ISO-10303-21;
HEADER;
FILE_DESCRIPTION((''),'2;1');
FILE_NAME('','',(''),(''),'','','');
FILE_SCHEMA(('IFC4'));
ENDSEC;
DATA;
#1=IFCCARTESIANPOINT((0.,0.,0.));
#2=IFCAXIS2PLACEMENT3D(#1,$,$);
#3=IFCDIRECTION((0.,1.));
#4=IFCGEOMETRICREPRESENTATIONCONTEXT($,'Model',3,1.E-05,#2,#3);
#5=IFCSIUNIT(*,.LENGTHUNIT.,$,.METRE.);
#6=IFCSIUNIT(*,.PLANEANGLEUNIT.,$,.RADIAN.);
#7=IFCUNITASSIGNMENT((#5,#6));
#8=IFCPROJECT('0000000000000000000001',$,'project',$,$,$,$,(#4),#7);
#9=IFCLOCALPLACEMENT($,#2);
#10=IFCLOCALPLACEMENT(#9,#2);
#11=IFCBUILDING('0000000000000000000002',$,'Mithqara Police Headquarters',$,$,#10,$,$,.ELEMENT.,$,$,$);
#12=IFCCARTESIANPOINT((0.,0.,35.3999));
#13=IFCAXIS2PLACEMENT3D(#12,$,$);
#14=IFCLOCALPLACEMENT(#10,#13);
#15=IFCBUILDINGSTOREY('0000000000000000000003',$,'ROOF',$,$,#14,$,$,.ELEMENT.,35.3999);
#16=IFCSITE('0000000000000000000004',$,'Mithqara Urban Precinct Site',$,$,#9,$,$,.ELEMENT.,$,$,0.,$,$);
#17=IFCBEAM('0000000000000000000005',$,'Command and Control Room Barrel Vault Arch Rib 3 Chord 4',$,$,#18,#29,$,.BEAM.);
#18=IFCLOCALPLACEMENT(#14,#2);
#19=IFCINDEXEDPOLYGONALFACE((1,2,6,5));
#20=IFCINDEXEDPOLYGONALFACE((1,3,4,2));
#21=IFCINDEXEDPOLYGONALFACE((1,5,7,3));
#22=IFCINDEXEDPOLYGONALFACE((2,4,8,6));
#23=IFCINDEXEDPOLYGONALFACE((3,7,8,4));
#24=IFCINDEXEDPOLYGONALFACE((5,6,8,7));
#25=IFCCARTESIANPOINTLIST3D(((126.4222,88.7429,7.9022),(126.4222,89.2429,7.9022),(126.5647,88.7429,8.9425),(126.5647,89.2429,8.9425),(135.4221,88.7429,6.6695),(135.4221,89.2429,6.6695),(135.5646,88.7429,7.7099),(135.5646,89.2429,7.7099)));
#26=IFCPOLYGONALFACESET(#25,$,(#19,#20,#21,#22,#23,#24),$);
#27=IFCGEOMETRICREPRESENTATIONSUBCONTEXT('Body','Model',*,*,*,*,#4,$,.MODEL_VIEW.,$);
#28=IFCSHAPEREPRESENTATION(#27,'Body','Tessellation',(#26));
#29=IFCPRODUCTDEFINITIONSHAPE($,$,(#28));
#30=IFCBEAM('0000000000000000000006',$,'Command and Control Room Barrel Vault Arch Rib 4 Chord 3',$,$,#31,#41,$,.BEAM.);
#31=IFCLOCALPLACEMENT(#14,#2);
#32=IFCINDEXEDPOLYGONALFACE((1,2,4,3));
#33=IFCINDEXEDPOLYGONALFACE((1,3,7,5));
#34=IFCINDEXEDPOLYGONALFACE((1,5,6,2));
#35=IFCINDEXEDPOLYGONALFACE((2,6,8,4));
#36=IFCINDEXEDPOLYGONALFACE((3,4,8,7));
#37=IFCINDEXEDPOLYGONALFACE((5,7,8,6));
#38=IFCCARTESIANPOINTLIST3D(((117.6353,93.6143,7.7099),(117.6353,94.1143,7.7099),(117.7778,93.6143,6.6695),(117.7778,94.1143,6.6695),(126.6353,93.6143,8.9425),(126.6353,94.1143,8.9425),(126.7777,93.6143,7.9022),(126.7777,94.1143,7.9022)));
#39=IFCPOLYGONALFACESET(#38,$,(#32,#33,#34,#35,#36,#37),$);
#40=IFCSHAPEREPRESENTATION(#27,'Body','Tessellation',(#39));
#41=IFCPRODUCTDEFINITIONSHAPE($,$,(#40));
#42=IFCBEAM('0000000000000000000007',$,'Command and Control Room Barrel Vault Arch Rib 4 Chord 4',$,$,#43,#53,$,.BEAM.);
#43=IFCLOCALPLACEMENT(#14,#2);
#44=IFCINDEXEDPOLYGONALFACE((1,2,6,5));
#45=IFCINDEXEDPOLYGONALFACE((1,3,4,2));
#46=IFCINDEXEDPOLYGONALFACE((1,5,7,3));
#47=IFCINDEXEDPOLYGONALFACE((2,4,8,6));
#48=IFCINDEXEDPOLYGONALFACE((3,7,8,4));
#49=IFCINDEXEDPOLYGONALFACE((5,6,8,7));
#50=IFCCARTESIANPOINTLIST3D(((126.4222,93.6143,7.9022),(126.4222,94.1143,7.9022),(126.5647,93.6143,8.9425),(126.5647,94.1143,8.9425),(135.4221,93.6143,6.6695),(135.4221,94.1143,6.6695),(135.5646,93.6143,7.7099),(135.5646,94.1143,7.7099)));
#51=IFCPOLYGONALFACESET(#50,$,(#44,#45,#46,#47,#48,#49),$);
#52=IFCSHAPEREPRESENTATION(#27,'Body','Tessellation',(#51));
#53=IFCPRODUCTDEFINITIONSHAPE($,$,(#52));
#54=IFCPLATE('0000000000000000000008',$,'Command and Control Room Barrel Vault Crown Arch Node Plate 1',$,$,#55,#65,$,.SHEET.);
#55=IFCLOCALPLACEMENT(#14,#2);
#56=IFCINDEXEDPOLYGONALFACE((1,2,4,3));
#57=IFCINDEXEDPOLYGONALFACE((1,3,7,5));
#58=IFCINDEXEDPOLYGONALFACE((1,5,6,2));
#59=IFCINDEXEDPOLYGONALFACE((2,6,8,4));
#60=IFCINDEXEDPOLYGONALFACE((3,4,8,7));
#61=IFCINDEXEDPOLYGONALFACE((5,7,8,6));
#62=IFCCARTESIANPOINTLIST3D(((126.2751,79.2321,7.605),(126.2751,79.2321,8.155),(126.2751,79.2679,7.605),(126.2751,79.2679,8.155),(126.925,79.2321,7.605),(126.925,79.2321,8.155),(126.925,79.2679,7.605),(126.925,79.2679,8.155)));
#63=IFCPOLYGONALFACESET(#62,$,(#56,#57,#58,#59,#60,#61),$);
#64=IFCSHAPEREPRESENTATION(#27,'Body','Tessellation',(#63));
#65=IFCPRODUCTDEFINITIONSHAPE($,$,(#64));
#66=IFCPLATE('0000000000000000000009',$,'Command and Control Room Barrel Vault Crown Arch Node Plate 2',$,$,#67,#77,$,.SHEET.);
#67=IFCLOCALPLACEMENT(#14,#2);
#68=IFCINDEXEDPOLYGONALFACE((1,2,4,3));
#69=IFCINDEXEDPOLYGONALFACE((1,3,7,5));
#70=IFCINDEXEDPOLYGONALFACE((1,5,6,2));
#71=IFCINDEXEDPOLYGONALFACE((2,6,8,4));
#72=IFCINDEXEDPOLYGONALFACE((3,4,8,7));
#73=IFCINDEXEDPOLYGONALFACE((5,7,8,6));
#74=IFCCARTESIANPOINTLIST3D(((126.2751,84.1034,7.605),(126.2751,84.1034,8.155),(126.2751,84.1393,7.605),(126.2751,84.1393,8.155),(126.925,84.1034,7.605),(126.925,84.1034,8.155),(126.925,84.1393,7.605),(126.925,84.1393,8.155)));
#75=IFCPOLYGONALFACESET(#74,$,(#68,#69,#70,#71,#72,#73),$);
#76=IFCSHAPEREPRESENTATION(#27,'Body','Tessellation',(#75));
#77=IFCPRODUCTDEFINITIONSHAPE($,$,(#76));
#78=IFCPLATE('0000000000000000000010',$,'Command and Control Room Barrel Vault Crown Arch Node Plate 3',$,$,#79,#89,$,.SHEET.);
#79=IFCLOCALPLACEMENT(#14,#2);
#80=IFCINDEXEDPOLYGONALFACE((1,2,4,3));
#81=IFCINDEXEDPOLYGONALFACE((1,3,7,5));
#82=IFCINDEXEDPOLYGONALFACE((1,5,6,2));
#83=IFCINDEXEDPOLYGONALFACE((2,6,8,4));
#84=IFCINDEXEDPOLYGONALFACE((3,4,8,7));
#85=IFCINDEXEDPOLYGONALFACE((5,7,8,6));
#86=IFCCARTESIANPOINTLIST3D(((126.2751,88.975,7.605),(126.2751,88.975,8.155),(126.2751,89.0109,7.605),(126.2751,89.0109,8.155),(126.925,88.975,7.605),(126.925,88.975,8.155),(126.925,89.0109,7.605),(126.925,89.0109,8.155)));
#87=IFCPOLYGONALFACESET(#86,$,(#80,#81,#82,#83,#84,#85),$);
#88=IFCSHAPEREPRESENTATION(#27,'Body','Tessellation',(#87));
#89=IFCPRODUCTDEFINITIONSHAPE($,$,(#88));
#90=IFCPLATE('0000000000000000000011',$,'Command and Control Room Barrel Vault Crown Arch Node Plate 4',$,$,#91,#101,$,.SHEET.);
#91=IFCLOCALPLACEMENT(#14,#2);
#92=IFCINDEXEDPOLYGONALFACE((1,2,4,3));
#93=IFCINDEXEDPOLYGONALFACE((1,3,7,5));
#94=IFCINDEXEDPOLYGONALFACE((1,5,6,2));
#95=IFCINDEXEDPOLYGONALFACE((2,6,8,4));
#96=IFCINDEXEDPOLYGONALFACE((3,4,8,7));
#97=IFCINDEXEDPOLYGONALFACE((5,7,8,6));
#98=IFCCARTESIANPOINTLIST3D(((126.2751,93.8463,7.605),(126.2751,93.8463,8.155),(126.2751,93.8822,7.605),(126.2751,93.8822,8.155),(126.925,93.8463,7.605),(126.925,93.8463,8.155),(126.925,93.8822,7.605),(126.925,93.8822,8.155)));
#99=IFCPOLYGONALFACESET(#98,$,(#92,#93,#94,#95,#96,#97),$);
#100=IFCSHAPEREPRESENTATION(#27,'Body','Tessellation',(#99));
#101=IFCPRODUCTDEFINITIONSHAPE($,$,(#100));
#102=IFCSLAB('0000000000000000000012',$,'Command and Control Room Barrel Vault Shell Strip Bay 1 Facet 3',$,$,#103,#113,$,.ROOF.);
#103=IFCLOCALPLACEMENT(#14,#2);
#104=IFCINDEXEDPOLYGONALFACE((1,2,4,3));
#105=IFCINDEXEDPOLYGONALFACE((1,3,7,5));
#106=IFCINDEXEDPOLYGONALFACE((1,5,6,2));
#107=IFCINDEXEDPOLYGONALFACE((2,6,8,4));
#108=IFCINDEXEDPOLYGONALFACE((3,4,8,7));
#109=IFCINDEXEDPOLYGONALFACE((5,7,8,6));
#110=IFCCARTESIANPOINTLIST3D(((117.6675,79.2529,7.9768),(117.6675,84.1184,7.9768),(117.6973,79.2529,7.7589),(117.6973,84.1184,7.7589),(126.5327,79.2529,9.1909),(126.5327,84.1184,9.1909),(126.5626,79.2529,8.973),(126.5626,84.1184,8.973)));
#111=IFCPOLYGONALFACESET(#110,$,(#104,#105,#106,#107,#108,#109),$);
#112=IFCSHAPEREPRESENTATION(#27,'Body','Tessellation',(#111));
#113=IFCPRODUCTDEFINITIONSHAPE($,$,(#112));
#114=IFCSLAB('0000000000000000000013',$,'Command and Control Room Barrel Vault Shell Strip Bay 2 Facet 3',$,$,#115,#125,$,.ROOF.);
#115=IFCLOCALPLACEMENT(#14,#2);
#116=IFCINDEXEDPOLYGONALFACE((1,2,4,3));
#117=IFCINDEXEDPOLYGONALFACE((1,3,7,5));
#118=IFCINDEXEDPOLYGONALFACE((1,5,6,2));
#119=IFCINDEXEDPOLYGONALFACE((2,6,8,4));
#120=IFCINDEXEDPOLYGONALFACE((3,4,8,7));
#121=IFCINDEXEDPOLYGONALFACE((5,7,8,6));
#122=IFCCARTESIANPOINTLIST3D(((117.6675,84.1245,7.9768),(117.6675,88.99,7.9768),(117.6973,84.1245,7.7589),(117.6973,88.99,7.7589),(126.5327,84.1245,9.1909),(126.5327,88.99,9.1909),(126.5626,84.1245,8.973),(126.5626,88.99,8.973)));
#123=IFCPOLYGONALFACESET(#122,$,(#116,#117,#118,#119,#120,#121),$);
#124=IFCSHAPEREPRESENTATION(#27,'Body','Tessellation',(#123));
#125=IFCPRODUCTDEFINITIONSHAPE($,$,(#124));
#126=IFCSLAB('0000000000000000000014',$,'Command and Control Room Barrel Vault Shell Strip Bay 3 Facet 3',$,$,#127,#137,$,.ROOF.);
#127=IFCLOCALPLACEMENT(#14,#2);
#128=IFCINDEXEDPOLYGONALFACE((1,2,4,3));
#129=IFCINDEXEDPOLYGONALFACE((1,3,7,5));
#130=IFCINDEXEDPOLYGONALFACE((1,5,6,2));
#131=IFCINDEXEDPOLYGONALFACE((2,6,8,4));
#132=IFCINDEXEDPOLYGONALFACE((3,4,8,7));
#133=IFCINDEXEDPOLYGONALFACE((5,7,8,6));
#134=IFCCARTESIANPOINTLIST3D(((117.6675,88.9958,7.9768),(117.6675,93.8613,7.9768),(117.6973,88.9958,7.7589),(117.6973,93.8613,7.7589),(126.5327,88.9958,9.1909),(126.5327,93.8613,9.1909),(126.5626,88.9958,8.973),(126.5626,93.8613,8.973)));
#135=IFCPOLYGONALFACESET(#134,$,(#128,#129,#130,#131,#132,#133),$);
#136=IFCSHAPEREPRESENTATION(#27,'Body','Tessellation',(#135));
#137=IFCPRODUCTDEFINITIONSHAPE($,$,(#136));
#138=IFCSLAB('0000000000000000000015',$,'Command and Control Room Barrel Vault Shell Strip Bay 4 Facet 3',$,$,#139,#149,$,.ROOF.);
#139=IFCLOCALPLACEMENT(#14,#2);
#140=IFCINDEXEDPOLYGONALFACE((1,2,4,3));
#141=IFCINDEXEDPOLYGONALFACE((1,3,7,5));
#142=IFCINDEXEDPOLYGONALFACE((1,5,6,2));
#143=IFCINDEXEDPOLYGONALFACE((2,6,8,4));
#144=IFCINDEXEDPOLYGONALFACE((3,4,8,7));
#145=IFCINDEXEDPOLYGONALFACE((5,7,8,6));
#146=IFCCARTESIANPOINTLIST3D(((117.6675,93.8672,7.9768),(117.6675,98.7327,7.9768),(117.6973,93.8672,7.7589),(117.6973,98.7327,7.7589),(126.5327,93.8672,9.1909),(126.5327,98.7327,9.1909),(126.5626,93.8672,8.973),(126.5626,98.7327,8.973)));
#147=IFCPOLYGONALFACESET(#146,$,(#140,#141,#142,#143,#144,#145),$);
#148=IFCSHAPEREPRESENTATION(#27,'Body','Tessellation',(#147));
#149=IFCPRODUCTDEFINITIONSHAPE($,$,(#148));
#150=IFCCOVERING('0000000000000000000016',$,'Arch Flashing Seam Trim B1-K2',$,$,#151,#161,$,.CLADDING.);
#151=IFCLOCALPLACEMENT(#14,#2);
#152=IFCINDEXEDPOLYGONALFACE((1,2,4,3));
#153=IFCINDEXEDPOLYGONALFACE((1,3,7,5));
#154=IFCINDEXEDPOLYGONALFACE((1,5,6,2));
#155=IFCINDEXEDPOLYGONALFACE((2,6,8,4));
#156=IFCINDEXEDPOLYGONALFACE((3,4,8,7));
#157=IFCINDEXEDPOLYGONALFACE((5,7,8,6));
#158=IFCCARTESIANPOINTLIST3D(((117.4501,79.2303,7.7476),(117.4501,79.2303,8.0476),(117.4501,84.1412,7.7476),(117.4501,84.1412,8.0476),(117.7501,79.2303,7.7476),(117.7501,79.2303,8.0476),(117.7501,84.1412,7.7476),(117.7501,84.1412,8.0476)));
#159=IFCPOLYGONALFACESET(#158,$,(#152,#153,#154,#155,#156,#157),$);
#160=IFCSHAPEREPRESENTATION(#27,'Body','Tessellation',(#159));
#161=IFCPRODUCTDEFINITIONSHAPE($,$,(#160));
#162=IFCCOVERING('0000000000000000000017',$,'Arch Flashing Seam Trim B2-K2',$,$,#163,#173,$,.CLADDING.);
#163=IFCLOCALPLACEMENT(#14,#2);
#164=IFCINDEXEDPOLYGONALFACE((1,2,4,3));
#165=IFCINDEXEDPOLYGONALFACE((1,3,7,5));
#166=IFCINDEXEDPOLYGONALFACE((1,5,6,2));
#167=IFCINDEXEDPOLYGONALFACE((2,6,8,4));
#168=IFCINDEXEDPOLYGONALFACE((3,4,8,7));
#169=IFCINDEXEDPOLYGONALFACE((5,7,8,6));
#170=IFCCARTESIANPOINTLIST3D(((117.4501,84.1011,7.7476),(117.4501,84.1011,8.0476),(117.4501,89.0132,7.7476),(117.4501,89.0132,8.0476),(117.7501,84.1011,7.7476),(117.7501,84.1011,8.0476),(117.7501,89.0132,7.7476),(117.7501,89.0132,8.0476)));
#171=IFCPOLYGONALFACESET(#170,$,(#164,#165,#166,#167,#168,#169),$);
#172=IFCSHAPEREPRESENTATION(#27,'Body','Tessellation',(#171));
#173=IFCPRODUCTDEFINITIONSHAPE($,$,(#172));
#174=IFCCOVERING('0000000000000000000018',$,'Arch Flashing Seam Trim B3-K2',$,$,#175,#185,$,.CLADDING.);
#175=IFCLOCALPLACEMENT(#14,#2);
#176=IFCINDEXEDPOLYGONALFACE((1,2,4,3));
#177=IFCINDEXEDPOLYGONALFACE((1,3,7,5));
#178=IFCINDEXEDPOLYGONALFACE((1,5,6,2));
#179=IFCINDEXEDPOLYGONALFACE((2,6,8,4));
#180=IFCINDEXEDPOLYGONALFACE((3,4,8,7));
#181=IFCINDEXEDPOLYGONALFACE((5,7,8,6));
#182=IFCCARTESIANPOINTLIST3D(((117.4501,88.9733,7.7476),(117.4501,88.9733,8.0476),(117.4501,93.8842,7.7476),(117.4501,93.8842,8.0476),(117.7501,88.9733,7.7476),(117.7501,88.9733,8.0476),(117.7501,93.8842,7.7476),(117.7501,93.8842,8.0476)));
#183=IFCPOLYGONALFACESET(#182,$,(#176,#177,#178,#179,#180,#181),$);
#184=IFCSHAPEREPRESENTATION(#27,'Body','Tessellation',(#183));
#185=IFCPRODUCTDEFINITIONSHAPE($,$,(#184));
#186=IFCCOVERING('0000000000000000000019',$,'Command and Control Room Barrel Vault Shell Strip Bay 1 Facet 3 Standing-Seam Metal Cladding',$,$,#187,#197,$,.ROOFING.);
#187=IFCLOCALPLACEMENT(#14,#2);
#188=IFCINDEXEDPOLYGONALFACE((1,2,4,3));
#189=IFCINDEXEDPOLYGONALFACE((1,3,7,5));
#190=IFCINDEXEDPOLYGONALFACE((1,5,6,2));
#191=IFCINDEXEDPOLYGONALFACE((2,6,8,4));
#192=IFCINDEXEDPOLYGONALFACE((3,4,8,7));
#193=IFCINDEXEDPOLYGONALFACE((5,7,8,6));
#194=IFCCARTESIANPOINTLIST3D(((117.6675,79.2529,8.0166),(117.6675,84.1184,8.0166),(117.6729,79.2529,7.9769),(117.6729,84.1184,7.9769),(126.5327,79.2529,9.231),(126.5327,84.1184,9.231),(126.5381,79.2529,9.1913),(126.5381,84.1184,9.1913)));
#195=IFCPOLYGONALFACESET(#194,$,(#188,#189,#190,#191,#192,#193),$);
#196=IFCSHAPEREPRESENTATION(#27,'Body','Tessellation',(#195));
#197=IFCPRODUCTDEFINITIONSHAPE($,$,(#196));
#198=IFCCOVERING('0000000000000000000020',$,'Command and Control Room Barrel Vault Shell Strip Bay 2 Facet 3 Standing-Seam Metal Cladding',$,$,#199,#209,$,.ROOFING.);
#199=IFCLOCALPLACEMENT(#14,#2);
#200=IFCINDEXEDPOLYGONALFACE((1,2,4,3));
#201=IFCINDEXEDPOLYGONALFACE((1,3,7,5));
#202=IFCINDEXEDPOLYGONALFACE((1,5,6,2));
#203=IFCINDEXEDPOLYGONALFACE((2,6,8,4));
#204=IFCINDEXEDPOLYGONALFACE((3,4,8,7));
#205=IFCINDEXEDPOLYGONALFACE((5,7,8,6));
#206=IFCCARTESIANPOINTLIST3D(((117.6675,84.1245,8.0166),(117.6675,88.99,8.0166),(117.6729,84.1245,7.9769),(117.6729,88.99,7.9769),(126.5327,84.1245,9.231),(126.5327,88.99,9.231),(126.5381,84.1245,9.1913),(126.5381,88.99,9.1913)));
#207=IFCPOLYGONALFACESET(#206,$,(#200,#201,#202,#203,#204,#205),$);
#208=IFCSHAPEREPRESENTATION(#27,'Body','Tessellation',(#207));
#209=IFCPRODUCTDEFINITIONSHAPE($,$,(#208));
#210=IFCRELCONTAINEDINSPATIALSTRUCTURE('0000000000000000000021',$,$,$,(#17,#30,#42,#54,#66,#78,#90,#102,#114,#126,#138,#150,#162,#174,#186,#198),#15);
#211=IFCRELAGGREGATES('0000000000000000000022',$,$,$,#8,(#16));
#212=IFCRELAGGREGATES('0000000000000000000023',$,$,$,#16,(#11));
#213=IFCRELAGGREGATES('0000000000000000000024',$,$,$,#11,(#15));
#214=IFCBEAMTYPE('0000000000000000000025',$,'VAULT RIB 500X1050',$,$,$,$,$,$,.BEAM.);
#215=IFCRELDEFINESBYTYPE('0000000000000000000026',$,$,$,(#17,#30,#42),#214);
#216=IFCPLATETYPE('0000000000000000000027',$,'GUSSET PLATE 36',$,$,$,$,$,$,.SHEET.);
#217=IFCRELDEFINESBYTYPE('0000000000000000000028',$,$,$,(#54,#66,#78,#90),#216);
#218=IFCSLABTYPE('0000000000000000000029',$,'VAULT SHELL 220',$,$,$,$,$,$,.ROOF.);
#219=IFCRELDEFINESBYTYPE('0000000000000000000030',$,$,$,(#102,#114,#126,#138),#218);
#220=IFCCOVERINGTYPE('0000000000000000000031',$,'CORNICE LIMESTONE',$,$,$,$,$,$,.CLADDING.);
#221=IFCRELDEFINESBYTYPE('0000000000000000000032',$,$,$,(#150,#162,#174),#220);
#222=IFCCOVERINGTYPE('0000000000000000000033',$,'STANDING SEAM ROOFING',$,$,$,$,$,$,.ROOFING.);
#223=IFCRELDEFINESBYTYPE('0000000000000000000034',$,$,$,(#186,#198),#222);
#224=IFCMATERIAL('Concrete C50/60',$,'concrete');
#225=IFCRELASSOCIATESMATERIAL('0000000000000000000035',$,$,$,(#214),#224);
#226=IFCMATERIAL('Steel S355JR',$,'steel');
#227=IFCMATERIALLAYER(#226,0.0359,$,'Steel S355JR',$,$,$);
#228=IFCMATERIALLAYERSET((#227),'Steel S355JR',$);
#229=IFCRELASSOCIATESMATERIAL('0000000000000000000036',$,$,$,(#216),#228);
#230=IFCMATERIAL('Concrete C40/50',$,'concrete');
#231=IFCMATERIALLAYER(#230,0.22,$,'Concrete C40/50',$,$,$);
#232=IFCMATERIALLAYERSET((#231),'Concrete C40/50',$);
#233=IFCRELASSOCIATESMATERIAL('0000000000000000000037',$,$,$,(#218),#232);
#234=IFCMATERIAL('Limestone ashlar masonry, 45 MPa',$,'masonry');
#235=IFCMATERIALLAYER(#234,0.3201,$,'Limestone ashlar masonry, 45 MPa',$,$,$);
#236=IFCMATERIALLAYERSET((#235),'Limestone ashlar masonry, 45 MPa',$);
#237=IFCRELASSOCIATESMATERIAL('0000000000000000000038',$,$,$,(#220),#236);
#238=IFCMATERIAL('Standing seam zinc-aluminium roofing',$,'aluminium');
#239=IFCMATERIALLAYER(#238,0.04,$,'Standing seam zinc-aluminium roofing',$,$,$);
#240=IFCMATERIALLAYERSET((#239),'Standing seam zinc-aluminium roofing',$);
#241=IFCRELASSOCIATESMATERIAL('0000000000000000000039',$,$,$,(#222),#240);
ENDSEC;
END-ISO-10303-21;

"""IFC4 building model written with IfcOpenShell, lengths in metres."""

from ifc_helpers import new_model, si_unit, direction, frame, origin, origin_2d, place, context, subcontext, project, spatial, polyline, rectangle, outline, extrude, material, layer, layer_set, material_profile, profile_set, type_object, element, save


model = new_model("IFC4")

# Units and contexts
model_context = context("Model", 3, precision=1e-05, world=origin(), true_north=direction((0.0, 1.0)))
body_context = subcontext(model_context, "Body", "Model", "MODEL_VIEW")
ifc_project = project(units=[si_unit("LENGTHUNIT", "METRE"), si_unit("PLANEANGLEUNIT", "RADIAN")], contexts=[model_context])

# Site, building, storey
site_placement = place(None, origin())
site = spatial("IfcSite", under=ifc_project, at=site_placement, Name="Mithqara Urban Precinct Site", CompositionType="ELEMENT", RefElevation=0.0)
building_placement = place(site_placement, origin())
building = spatial("IfcBuilding", under=site, at=building_placement, Name="Mithqara Police Headquarters", CompositionType="ELEMENT")
storey_placement = place(building_placement, frame((0.0, 0.0, 35.3999)))
storey = spatial("IfcBuildingStorey", under=building, at=storey_placement, Name="ROOF", CompositionType="ELEMENT", Elevation=35.3999)

# Shared definitions
ifc_material_1 = material(Name="Steel S355JR", Category="steel")

# Beams
ifc_material_2 = material(Name="Concrete C50/60", Category="concrete")
ifc_material_profile_1 = material_profile(ifc_material_2, rectangle(XDim=0.5, YDim=1.05, at=origin_2d()), Name="RIB 500x1050")
ifc_profile_set_1 = profile_set([ifc_material_profile_1], Name="Concrete C50/60")
beam_type = type_object("IfcBeamType", Name="VAULT RIB 500X1050", PredefinedType="BEAM", material=ifc_profile_set_1)
for number, where, z_axis, x_axis, name in (
    (1, (126.4934, 88.9929, 8.4224), (0.990751, 0.0, -0.135696), (0.0, 1.0, 0.0), "Command and Control Room Barrel Vault Arch Rib 3 Chord 4"),
    (2, (117.7065, 93.8643, 7.1897), (0.990751, 0.0, 0.135696), (0.0, 1.0, 0.0), "Command and Control Room Barrel Vault Arch Rib 4 Chord 3"),
    (3, (126.4934, 93.8643, 8.4224), (0.990751, 0.0, -0.135696), (0.0, 1.0, 0.0), "Command and Control Room Barrel Vault Arch Rib 4 Chord 4"),
):
    element("IfcBeam", number, at=place(storey_placement, frame(where, z_axis=z_axis, x_axis=x_axis)), inside=storey, type_object=beam_type, Name=name, PredefinedType="BEAM", context=body_context, shape_type="SweptSolid", body=[
        extrude(rectangle(XDim=0.5, YDim=1.05, at=origin_2d()), origin(), (0.0, 0.0, 1.0), 9.084),
    ])

# Plates
ifc_layer_1 = layer(ifc_material_1, 0.0359, Name="Steel S355JR")
ifc_layer_set_1 = layer_set([ifc_layer_1], Name="Steel S355JR")
plate_type = type_object("IfcPlateType", Name="GUSSET PLATE 36", PredefinedType="SHEET", material=ifc_layer_set_1)
for number, where, z_axis, x_axis, name in (
    (4, (126.6001, 79.25, 7.605), (0.0, 0.0, 1.0), (1.0, 0.0, 0.0), "Command and Control Room Barrel Vault Crown Arch Node Plate 1"),
    (5, (126.6001, 84.1213, 7.605), (0.0, 0.0, 1.0), (1.0, 0.0, 0.0), "Command and Control Room Barrel Vault Crown Arch Node Plate 2"),
    (6, (126.6001, 88.9929, 7.605), (0.0, 0.0, 1.0), (1.0, 0.0, 0.0), "Command and Control Room Barrel Vault Crown Arch Node Plate 3"),
    (7, (126.6001, 93.8643, 7.605), (0.0, 0.0, 1.0), (1.0, 0.0, 0.0), "Command and Control Room Barrel Vault Crown Arch Node Plate 4"),
):
    element("IfcPlate", number, at=place(storey_placement, frame(where, z_axis=z_axis, x_axis=x_axis)), inside=storey, type_object=plate_type, Name=name, PredefinedType="SHEET", context=body_context, shape_type="SweptSolid", body=[
        extrude(rectangle(XDim=0.6499, YDim=0.0359, at=origin_2d()), origin(), (0.0, 0.0, 1.0), 0.55),
    ])

# Slabs
ifc_material_3 = material(Name="Concrete C40/50", Category="concrete")
ifc_layer_2 = layer(ifc_material_3, 0.22, Name="Concrete C40/50")
ifc_layer_set_2 = layer_set([ifc_layer_2], Name="Concrete C40/50")
slab_type = type_object("IfcSlabType", Name="VAULT SHELL 220", PredefinedType="ROOF", material=ifc_layer_set_2)
for number, where, z_axis, x_axis, name in (
    (8, (117.6675, 79.2529, 7.9768), (-0.135685, 0.0, 0.990752), (0.990752, 0.0, 0.135685), "Command and Control Room Barrel Vault Shell Strip Bay 1 Facet 3"),
    (9, (117.6675, 84.1245, 7.9768), (-0.135685, 0.0, 0.990752), (0.990752, 0.0, 0.135685), "Command and Control Room Barrel Vault Shell Strip Bay 2 Facet 3"),
    (10, (117.6675, 88.9958, 7.9768), (-0.135685, 0.0, 0.990752), (0.990752, 0.0, 0.135685), "Command and Control Room Barrel Vault Shell Strip Bay 3 Facet 3"),
    (11, (117.6675, 93.8672, 7.9768), (-0.135685, 0.0, 0.990752), (0.990752, 0.0, 0.135685), "Command and Control Room Barrel Vault Shell Strip Bay 4 Facet 3"),
):
    element("IfcSlab", number, at=place(storey_placement, frame(where, z_axis=z_axis, x_axis=x_axis)), inside=storey, type_object=slab_type, Name=name, PredefinedType="ROOF", context=body_context, shape_type="SweptSolid", body=[
        extrude(outline(polyline([(0.0, 0.0), (8.948, 0.0), (8.948, 4.8655), (0.0, 4.8655), (0.0, 0.0)])), origin(), (0.0, 0.0, -1.0), 0.22),
    ])

# Coverings
ifc_material_4 = material(Name="Limestone ashlar masonry, 45 MPa", Category="masonry")
ifc_layer_3 = layer(ifc_material_4, 0.3201, Name="Limestone ashlar masonry, 45 MPa")
ifc_layer_set_3 = layer_set([ifc_layer_3], Name="Limestone ashlar masonry, 45 MPa")
covering_type_1 = type_object("IfcCoveringType", Name="CORNICE LIMESTONE", PredefinedType="CLADDING", material=ifc_layer_set_3)
covering_1_placement = place(storey_placement, frame((117.6001, 81.6858, 7.7476), z_axis=(0.0, 0.0, 1.0), x_axis=(1.0, 0.0, 0.0)))
element("IfcCovering", 12, at=covering_1_placement, inside=storey, type_object=covering_type_1, Name="Arch Flashing Seam Trim B1-K2", PredefinedType="CLADDING", context=body_context, shape_type="SweptSolid", body=[
    extrude(rectangle(XDim=0.3, YDim=4.9109, at=origin_2d()), origin(), (0.0, 0.0, 1.0), 0.3),
])
covering_2_placement = place(storey_placement, frame((117.6001, 86.5571, 7.7476), z_axis=(0.0, 0.0, 1.0), x_axis=(1.0, 0.0, 0.0)))
element("IfcCovering", 13, at=covering_2_placement, inside=storey, type_object=covering_type_1, Name="Arch Flashing Seam Trim B2-K2", PredefinedType="CLADDING", context=body_context, shape_type="SweptSolid", body=[
    extrude(rectangle(XDim=0.3, YDim=4.9121, at=origin_2d()), origin(), (0.0, 0.0, 1.0), 0.3),
])
covering_3_placement = place(storey_placement, frame((117.6001, 91.4287, 7.7476), z_axis=(0.0, 0.0, 1.0), x_axis=(1.0, 0.0, 0.0)))
element("IfcCovering", 14, at=covering_3_placement, inside=storey, type_object=covering_type_1, Name="Arch Flashing Seam Trim B3-K2", PredefinedType="CLADDING", context=body_context, shape_type="SweptSolid", body=[
    extrude(rectangle(XDim=0.3, YDim=4.9109, at=origin_2d()), origin(), (0.0, 0.0, 1.0), 0.3),
])
ifc_material_5 = material(Name="Standing seam zinc-aluminium roofing", Category="aluminium")
ifc_layer_4 = layer(ifc_material_5, 0.04, Name="Standing seam zinc-aluminium roofing")
ifc_layer_set_4 = layer_set([ifc_layer_4], Name="Standing seam zinc-aluminium roofing")
covering_type_2 = type_object("IfcCoveringType", Name="STANDING SEAM ROOFING", PredefinedType="ROOFING", material=ifc_layer_set_4)
for number, where, z_axis, x_axis, name in (
    (15, (117.6675, 79.2529, 8.0166), (-0.135712, 0.0, 0.990748), (0.990748, 0.0, 0.135712), "Command and Control Room Barrel Vault Shell Strip Bay 1 Facet 3 Standing-Seam Metal Cladding"),
    (16, (117.6675, 84.1245, 8.0166), (-0.135712, 0.0, 0.990748), (0.990748, 0.0, 0.135712), "Command and Control Room Barrel Vault Shell Strip Bay 2 Facet 3 Standing-Seam Metal Cladding"),
):
    element("IfcCovering", number, at=place(storey_placement, frame(where, z_axis=z_axis, x_axis=x_axis)), inside=storey, type_object=covering_type_2, Name=name, PredefinedType="ROOFING", context=body_context, shape_type="SweptSolid", body=[
        extrude(outline(polyline([(0.0, 0.0), (8.948, 0.0), (8.948, 4.8655), (0.0, 4.8655), (0.0, 0.0)])), origin(), (0.0, 0.0, -1.0), 0.04),
    ])

save(model, "model.ifc")
